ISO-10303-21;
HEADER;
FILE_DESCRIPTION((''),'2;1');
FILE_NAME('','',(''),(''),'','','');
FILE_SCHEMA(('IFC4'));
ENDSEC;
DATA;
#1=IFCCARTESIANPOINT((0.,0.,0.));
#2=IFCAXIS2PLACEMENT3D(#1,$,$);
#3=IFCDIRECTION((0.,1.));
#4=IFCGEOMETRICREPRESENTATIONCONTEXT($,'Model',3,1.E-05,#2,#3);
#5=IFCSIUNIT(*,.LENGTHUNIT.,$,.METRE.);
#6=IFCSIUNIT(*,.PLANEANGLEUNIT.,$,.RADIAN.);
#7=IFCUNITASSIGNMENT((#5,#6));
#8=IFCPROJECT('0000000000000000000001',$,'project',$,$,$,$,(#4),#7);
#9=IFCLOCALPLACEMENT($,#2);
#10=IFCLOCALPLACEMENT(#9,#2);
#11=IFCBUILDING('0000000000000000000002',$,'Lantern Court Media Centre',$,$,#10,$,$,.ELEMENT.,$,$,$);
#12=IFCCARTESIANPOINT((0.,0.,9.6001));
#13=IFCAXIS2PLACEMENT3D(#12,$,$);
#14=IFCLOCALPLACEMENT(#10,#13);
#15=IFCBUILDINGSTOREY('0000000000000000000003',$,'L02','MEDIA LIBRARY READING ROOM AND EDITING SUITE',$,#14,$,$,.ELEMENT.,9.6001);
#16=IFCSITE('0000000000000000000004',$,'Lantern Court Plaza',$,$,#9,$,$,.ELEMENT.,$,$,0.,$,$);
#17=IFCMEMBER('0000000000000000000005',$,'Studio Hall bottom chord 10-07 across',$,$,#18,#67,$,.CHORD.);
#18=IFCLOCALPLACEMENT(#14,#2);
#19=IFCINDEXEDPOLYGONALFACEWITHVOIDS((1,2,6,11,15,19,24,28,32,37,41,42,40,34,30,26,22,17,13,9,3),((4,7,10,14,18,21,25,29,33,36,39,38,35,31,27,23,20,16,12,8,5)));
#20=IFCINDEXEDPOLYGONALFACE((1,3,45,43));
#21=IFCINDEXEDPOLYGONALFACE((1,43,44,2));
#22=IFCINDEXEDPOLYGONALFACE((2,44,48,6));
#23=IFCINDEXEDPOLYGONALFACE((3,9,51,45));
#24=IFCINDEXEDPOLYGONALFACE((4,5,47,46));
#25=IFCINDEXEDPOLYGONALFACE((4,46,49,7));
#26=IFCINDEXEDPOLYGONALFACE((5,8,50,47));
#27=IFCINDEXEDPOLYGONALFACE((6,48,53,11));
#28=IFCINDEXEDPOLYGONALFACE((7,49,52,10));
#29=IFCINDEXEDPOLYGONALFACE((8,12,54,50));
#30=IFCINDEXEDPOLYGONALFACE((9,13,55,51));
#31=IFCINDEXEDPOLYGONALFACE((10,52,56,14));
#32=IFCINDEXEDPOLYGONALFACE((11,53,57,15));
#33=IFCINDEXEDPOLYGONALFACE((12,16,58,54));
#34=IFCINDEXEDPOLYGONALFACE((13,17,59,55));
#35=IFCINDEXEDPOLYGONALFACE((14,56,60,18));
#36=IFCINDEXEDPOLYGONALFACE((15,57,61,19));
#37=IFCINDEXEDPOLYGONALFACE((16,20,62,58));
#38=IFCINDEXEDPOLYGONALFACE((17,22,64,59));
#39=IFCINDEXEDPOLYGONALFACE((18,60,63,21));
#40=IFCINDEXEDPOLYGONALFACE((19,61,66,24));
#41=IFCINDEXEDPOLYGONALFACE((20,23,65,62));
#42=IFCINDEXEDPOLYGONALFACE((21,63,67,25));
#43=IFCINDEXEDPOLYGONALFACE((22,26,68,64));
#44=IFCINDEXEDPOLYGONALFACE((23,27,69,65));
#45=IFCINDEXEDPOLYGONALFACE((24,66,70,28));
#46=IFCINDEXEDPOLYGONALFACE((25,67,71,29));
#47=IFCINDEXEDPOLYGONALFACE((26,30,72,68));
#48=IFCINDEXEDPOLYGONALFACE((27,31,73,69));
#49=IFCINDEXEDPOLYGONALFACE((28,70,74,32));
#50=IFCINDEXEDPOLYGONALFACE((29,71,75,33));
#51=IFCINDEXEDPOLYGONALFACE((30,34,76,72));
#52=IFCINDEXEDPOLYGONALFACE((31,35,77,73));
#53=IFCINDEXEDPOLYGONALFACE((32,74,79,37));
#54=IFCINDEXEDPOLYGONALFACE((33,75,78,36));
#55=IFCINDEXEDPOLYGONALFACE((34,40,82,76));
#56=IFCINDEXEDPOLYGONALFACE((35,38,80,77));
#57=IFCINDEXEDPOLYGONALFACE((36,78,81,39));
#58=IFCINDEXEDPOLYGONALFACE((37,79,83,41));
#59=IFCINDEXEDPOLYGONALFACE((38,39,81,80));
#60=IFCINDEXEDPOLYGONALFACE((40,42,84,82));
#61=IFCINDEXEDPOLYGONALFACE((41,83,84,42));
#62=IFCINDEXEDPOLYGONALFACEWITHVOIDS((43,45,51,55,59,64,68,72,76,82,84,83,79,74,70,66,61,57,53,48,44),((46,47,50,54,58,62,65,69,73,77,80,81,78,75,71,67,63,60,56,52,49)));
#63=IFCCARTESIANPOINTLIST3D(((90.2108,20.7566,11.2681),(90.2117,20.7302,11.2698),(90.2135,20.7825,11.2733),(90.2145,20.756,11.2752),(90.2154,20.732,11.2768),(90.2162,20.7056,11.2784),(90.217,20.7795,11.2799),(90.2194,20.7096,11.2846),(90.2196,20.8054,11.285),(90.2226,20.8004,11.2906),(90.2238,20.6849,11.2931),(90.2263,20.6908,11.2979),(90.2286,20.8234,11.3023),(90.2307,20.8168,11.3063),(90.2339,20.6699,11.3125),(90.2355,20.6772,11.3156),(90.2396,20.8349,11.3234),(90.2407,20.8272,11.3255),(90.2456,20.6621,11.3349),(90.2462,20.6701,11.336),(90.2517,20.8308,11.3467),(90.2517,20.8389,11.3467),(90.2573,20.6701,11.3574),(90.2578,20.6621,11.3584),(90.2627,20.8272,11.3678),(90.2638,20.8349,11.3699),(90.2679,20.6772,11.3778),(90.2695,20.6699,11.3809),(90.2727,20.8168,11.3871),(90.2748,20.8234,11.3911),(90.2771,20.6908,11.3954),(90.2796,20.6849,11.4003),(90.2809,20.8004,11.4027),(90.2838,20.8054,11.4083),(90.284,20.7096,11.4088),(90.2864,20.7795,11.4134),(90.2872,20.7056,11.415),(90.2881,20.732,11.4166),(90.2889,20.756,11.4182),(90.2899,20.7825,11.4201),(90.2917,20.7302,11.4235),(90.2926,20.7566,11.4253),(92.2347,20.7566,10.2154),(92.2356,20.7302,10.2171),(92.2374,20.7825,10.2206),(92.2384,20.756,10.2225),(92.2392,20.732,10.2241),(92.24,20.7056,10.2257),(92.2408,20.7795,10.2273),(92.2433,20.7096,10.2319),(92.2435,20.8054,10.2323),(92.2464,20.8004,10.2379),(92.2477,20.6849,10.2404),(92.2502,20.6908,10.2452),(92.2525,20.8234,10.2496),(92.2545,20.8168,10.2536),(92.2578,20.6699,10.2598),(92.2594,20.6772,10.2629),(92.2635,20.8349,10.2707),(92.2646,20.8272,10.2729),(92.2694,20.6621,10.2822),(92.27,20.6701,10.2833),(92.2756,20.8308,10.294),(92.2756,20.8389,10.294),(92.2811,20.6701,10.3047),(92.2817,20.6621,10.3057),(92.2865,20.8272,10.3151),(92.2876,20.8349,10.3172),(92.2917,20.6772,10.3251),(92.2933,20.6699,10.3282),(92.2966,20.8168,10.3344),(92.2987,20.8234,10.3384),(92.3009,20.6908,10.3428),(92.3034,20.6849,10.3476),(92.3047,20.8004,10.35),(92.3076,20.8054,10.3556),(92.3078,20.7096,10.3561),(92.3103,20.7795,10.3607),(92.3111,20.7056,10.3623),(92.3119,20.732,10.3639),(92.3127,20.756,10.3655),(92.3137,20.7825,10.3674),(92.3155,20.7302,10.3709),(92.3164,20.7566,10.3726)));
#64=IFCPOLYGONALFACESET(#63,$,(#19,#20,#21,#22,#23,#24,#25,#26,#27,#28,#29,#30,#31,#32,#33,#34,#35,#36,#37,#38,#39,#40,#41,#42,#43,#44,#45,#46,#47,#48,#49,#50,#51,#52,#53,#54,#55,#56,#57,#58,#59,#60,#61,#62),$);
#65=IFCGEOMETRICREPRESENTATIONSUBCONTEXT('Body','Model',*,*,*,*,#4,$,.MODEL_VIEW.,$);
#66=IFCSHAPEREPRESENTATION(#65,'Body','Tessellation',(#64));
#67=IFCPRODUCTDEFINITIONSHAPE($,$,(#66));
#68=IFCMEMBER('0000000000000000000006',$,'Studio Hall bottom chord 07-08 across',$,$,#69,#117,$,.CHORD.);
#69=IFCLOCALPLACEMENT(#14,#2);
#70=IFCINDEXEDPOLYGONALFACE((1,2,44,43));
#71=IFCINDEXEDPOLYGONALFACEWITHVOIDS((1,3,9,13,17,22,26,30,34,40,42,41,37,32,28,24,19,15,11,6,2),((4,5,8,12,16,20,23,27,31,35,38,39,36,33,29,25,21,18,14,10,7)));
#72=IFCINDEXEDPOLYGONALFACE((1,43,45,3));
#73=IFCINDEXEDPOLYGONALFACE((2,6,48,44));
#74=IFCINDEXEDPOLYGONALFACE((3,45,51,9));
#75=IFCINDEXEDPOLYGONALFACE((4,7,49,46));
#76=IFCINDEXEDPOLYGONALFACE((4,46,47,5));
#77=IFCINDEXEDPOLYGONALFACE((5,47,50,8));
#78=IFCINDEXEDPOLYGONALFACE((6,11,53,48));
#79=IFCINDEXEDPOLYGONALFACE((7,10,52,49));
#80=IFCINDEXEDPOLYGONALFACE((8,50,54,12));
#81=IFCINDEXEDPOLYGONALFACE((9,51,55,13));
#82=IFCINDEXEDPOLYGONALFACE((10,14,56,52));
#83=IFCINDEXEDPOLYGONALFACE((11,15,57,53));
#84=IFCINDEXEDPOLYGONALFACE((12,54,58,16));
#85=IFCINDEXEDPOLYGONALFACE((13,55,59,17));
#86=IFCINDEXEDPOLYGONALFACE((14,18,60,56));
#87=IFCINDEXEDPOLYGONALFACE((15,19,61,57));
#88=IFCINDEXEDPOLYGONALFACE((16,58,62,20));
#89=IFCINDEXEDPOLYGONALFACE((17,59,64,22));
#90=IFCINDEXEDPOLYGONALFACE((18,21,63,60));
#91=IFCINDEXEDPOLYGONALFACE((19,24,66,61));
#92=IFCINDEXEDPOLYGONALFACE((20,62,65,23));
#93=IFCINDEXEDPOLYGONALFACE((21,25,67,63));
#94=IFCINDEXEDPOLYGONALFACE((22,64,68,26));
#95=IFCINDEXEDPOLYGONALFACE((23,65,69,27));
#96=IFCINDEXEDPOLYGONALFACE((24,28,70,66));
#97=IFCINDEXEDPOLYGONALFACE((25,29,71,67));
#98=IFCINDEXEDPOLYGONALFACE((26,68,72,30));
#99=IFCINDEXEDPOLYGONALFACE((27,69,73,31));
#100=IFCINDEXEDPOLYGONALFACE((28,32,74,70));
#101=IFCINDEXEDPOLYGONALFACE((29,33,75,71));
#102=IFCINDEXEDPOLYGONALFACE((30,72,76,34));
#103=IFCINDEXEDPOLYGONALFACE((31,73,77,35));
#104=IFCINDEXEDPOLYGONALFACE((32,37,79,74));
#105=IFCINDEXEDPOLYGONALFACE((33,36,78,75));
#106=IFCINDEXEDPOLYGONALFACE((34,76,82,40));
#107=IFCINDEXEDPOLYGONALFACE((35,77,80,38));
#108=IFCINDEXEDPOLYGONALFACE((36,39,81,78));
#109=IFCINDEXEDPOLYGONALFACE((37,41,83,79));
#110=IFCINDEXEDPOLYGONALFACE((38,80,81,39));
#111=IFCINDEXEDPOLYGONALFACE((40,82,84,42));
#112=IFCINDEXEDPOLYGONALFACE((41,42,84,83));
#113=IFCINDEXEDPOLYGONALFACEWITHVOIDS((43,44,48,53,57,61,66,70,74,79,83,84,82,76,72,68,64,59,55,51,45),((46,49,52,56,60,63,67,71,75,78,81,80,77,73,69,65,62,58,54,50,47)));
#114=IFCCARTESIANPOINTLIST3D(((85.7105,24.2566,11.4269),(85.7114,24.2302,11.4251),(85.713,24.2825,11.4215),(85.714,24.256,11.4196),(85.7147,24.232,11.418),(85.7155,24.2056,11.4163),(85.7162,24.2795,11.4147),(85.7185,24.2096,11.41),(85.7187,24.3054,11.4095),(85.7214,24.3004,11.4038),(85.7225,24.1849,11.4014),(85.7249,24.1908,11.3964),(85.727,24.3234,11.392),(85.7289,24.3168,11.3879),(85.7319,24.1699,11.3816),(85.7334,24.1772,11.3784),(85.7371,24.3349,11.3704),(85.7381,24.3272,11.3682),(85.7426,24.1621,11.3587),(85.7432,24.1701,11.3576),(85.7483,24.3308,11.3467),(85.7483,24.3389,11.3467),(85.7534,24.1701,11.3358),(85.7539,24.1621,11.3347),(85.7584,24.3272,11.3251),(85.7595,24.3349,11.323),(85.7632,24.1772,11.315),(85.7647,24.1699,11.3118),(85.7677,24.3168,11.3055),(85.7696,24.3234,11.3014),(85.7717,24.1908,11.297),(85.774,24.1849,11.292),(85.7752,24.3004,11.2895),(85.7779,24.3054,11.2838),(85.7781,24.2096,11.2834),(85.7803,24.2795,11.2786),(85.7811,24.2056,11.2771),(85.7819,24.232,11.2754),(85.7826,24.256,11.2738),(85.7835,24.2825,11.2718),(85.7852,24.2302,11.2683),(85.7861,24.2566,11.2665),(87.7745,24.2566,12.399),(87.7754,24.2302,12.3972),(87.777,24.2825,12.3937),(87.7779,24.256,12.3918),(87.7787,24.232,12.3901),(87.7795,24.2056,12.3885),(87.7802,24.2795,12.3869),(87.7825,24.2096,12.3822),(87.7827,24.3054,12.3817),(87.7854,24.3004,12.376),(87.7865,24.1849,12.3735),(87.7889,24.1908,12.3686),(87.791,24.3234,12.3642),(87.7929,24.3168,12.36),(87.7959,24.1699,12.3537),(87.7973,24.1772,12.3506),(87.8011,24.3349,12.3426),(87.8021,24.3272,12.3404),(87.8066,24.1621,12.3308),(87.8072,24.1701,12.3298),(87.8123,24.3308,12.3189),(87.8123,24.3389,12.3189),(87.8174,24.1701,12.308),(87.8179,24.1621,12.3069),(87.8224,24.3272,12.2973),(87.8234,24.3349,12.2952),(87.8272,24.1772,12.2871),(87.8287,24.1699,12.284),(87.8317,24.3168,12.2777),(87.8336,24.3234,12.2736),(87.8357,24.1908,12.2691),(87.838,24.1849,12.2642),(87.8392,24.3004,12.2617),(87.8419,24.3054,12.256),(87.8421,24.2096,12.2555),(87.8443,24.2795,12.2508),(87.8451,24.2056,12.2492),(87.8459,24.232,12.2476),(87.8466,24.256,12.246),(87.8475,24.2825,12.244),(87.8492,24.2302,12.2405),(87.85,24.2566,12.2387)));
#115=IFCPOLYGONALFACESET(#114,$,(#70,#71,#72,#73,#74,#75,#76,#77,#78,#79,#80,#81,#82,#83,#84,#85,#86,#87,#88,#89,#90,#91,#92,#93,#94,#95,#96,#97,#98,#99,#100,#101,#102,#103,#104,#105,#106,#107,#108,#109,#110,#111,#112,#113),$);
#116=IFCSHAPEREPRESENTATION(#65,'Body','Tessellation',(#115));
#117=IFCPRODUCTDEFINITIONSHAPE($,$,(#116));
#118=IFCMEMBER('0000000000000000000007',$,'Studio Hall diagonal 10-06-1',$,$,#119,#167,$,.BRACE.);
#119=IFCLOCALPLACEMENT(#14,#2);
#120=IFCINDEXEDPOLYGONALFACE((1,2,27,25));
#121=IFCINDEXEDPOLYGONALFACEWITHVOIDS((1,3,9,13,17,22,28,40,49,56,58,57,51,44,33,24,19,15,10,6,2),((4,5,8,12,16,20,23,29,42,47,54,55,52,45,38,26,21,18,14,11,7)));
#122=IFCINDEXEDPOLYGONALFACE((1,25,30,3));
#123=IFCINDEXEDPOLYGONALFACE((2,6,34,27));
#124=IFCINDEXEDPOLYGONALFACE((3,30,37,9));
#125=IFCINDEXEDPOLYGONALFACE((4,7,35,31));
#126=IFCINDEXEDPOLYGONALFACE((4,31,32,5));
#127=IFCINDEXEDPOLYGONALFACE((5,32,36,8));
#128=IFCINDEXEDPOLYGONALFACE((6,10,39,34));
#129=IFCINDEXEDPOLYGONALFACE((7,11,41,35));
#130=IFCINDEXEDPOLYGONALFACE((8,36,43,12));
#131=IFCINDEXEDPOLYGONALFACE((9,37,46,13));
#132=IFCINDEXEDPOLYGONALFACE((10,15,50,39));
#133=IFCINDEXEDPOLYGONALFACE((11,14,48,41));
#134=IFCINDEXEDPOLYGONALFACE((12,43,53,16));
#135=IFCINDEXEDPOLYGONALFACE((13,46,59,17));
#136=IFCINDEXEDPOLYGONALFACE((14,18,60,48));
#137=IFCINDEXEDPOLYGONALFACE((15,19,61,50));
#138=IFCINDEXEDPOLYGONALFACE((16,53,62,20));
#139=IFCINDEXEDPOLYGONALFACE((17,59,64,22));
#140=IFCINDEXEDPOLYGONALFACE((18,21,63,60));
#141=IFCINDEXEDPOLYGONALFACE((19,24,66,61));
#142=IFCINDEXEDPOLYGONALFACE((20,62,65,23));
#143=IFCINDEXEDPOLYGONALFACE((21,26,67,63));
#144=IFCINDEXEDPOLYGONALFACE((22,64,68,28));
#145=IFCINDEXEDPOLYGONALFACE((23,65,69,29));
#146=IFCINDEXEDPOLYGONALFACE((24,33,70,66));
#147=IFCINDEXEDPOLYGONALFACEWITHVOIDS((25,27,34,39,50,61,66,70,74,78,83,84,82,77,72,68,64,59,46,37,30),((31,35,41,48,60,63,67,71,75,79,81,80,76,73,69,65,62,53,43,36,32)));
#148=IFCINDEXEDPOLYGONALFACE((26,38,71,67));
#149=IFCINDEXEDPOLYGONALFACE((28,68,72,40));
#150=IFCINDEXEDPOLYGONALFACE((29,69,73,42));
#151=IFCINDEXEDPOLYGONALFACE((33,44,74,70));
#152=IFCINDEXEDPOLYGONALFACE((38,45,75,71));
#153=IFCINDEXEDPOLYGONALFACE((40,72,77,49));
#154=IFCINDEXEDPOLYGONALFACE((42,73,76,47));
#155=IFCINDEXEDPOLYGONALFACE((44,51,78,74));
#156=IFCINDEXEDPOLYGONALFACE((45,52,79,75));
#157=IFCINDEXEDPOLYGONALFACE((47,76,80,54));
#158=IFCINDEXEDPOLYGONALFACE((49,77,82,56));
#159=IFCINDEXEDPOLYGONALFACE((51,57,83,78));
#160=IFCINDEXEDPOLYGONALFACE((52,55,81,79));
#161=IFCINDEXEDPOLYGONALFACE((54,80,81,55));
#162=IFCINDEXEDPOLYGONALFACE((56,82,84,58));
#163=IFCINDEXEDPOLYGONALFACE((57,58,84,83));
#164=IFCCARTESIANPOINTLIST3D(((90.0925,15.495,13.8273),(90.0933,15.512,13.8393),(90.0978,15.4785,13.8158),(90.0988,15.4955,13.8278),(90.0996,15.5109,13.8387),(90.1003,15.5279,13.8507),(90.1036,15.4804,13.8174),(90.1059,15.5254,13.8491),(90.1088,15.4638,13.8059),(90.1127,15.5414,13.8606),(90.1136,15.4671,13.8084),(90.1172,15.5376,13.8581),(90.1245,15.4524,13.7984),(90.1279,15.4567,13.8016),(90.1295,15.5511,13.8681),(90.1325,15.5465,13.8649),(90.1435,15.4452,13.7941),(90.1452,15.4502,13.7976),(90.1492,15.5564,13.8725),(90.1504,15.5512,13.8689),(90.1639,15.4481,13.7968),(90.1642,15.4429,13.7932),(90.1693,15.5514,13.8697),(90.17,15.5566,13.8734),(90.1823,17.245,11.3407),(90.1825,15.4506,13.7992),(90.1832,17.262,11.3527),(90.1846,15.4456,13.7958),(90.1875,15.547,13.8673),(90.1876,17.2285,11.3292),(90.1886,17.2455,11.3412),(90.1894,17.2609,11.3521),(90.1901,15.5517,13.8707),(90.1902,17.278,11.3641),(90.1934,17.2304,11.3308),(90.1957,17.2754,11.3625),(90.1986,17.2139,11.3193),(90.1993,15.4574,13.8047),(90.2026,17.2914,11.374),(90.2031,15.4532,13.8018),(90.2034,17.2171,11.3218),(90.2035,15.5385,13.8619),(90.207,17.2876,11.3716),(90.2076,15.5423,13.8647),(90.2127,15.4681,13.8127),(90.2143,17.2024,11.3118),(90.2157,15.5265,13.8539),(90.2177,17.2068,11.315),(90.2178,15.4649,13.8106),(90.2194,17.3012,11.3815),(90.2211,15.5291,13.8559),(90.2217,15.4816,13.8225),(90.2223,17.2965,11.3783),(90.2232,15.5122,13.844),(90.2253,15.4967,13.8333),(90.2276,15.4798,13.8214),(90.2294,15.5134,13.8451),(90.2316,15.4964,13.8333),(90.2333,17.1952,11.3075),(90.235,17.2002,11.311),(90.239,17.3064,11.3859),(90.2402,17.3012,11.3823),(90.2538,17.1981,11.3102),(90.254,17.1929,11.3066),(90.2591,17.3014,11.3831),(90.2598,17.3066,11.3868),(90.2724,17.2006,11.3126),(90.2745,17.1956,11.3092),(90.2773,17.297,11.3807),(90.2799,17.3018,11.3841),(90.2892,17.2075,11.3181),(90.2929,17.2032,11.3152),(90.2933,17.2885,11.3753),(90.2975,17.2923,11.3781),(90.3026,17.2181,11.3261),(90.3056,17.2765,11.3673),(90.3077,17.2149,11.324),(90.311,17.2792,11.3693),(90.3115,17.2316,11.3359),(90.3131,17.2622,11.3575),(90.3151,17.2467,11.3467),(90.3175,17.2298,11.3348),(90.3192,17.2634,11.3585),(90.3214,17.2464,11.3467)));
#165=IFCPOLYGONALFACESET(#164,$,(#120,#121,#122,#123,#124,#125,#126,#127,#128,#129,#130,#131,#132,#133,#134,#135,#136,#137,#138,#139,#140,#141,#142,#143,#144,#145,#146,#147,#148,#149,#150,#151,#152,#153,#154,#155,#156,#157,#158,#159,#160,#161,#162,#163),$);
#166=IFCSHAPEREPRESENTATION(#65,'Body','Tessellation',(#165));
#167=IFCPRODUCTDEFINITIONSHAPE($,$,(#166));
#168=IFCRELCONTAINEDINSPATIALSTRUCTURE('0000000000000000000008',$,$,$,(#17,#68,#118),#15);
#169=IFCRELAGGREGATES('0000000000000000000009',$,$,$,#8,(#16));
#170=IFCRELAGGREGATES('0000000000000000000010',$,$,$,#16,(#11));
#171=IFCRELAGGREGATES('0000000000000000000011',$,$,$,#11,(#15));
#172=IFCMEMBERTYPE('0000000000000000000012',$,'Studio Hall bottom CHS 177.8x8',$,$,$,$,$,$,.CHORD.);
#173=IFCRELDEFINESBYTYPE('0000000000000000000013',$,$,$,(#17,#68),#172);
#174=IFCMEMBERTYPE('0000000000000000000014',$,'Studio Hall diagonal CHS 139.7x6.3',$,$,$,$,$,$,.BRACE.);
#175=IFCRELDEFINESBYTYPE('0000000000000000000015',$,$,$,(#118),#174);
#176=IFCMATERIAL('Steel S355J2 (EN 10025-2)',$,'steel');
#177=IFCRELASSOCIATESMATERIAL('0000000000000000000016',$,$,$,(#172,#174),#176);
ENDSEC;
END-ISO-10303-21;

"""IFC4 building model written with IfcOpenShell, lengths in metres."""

from ifc_helpers import new_model, si_unit, direction, frame, origin, origin_2d, place, context, subcontext, project, spatial, hollow_circle, extrude, material, material_profile, profile_set, type_object, element, save


model = new_model("IFC4")

# Units and contexts
model_context = context("Model", 3, precision=1e-05, world=origin(), true_north=direction((0.0, 1.0)))
body_context = subcontext(model_context, "Body", "Model", "MODEL_VIEW")
ifc_project = project(units=[si_unit("LENGTHUNIT", "METRE"), si_unit("PLANEANGLEUNIT", "RADIAN")], contexts=[model_context])

# Site, building, storey
site_placement = place(None, origin())
site = spatial("IfcSite", under=ifc_project, at=site_placement, Name="Lantern Court Plaza", CompositionType="ELEMENT", RefElevation=0.0)
building_placement = place(site_placement, origin())
building = spatial("IfcBuilding", under=site, at=building_placement, Name="Lantern Court Media Centre", CompositionType="ELEMENT")
storey_placement = place(building_placement, frame((0.0, 0.0, 9.6001)))
storey = spatial("IfcBuildingStorey", under=building, at=storey_placement, Name="L02", Description="MEDIA LIBRARY READING ROOM AND EDITING SUITE", CompositionType="ELEMENT", Elevation=9.6001)

# Members
ifc_material = material(Name="Steel S355J2 (EN 10025-2)", Category="steel")
ifc_material_profile_1 = material_profile(ifc_material, hollow_circle(Radius=0.0889, WallThickness=0.0081, at=origin_2d()), Name="Studio Hall bottom CHS 177.8x8")
ifc_profile_set_1 = profile_set([ifc_material_profile_1], Name="Steel S355J2 (EN 10025-2)")
member_type_1 = type_object("IfcMemberType", Name="Studio Hall bottom CHS 177.8x8", PredefinedType="CHORD", material=ifc_profile_set_1)
member_1_placement = place(storey_placement, frame((90.2517, 20.75, 11.3467), z_axis=(0.887164, 0.0, -0.461454), x_axis=(0.0, 1.0, 0.0)))
element("IfcMember", 1, at=member_1_placement, inside=storey, type_object=member_type_1, Name="Studio Hall bottom chord 10-07 across", PredefinedType="CHORD", context=body_context, shape_type="SweptSolid", body=[
    extrude(hollow_circle(Radius=0.0889, WallThickness=0.0081, at=origin_2d()), origin(), (0.0, 0.0, 1.0), 2.2812),
])
member_2_placement = place(storey_placement, frame((85.7483, 24.25, 11.3467), z_axis=(0.904668, 0.0, 0.426117), x_axis=(0.0, 1.0, 0.0)))
element("IfcMember", 2, at=member_2_placement, inside=storey, type_object=member_type_1, Name="Studio Hall bottom chord 07-08 across", PredefinedType="CHORD", context=body_context, shape_type="SweptSolid", body=[
    extrude(hollow_circle(Radius=0.0889, WallThickness=0.0081, at=origin_2d()), origin(), (0.0, 0.0, 1.0), 2.2815),
])
ifc_material_profile_2 = material_profile(ifc_material, hollow_circle(Radius=0.0698, WallThickness=0.0063, at=origin_2d()), Name="Studio Hall diagonal CHS 139.7x6.3")
ifc_profile_set_2 = profile_set([ifc_material_profile_2], Name="Steel S355J2 (EN 10025-2)")
member_type_2 = type_object("IfcMemberType", Name="Studio Hall diagonal CHS 139.7x6.3", PredefinedType="BRACE", material=ifc_profile_set_2)
for number, where, z_axis, x_axis, name in (
    (3, (90.2517, 17.25, 11.3467), (-0.029535, -0.575284, 0.81742), (0.998685, -0.051272, 0.0), "Studio Hall diagonal 10-06-1"),
):
    element("IfcMember", number, at=place(storey_placement, frame(where, z_axis=z_axis, x_axis=x_axis)), inside=storey, type_object=member_type_2, Name=name, PredefinedType="BRACE", context=body_context, shape_type="SweptSolid", body=[
        extrude(hollow_circle(Radius=0.0698, WallThickness=0.0063, at=origin_2d()), origin(), (0.0, 0.0, 1.0), 3.042),
    ])

save(model, "model.ifc")
